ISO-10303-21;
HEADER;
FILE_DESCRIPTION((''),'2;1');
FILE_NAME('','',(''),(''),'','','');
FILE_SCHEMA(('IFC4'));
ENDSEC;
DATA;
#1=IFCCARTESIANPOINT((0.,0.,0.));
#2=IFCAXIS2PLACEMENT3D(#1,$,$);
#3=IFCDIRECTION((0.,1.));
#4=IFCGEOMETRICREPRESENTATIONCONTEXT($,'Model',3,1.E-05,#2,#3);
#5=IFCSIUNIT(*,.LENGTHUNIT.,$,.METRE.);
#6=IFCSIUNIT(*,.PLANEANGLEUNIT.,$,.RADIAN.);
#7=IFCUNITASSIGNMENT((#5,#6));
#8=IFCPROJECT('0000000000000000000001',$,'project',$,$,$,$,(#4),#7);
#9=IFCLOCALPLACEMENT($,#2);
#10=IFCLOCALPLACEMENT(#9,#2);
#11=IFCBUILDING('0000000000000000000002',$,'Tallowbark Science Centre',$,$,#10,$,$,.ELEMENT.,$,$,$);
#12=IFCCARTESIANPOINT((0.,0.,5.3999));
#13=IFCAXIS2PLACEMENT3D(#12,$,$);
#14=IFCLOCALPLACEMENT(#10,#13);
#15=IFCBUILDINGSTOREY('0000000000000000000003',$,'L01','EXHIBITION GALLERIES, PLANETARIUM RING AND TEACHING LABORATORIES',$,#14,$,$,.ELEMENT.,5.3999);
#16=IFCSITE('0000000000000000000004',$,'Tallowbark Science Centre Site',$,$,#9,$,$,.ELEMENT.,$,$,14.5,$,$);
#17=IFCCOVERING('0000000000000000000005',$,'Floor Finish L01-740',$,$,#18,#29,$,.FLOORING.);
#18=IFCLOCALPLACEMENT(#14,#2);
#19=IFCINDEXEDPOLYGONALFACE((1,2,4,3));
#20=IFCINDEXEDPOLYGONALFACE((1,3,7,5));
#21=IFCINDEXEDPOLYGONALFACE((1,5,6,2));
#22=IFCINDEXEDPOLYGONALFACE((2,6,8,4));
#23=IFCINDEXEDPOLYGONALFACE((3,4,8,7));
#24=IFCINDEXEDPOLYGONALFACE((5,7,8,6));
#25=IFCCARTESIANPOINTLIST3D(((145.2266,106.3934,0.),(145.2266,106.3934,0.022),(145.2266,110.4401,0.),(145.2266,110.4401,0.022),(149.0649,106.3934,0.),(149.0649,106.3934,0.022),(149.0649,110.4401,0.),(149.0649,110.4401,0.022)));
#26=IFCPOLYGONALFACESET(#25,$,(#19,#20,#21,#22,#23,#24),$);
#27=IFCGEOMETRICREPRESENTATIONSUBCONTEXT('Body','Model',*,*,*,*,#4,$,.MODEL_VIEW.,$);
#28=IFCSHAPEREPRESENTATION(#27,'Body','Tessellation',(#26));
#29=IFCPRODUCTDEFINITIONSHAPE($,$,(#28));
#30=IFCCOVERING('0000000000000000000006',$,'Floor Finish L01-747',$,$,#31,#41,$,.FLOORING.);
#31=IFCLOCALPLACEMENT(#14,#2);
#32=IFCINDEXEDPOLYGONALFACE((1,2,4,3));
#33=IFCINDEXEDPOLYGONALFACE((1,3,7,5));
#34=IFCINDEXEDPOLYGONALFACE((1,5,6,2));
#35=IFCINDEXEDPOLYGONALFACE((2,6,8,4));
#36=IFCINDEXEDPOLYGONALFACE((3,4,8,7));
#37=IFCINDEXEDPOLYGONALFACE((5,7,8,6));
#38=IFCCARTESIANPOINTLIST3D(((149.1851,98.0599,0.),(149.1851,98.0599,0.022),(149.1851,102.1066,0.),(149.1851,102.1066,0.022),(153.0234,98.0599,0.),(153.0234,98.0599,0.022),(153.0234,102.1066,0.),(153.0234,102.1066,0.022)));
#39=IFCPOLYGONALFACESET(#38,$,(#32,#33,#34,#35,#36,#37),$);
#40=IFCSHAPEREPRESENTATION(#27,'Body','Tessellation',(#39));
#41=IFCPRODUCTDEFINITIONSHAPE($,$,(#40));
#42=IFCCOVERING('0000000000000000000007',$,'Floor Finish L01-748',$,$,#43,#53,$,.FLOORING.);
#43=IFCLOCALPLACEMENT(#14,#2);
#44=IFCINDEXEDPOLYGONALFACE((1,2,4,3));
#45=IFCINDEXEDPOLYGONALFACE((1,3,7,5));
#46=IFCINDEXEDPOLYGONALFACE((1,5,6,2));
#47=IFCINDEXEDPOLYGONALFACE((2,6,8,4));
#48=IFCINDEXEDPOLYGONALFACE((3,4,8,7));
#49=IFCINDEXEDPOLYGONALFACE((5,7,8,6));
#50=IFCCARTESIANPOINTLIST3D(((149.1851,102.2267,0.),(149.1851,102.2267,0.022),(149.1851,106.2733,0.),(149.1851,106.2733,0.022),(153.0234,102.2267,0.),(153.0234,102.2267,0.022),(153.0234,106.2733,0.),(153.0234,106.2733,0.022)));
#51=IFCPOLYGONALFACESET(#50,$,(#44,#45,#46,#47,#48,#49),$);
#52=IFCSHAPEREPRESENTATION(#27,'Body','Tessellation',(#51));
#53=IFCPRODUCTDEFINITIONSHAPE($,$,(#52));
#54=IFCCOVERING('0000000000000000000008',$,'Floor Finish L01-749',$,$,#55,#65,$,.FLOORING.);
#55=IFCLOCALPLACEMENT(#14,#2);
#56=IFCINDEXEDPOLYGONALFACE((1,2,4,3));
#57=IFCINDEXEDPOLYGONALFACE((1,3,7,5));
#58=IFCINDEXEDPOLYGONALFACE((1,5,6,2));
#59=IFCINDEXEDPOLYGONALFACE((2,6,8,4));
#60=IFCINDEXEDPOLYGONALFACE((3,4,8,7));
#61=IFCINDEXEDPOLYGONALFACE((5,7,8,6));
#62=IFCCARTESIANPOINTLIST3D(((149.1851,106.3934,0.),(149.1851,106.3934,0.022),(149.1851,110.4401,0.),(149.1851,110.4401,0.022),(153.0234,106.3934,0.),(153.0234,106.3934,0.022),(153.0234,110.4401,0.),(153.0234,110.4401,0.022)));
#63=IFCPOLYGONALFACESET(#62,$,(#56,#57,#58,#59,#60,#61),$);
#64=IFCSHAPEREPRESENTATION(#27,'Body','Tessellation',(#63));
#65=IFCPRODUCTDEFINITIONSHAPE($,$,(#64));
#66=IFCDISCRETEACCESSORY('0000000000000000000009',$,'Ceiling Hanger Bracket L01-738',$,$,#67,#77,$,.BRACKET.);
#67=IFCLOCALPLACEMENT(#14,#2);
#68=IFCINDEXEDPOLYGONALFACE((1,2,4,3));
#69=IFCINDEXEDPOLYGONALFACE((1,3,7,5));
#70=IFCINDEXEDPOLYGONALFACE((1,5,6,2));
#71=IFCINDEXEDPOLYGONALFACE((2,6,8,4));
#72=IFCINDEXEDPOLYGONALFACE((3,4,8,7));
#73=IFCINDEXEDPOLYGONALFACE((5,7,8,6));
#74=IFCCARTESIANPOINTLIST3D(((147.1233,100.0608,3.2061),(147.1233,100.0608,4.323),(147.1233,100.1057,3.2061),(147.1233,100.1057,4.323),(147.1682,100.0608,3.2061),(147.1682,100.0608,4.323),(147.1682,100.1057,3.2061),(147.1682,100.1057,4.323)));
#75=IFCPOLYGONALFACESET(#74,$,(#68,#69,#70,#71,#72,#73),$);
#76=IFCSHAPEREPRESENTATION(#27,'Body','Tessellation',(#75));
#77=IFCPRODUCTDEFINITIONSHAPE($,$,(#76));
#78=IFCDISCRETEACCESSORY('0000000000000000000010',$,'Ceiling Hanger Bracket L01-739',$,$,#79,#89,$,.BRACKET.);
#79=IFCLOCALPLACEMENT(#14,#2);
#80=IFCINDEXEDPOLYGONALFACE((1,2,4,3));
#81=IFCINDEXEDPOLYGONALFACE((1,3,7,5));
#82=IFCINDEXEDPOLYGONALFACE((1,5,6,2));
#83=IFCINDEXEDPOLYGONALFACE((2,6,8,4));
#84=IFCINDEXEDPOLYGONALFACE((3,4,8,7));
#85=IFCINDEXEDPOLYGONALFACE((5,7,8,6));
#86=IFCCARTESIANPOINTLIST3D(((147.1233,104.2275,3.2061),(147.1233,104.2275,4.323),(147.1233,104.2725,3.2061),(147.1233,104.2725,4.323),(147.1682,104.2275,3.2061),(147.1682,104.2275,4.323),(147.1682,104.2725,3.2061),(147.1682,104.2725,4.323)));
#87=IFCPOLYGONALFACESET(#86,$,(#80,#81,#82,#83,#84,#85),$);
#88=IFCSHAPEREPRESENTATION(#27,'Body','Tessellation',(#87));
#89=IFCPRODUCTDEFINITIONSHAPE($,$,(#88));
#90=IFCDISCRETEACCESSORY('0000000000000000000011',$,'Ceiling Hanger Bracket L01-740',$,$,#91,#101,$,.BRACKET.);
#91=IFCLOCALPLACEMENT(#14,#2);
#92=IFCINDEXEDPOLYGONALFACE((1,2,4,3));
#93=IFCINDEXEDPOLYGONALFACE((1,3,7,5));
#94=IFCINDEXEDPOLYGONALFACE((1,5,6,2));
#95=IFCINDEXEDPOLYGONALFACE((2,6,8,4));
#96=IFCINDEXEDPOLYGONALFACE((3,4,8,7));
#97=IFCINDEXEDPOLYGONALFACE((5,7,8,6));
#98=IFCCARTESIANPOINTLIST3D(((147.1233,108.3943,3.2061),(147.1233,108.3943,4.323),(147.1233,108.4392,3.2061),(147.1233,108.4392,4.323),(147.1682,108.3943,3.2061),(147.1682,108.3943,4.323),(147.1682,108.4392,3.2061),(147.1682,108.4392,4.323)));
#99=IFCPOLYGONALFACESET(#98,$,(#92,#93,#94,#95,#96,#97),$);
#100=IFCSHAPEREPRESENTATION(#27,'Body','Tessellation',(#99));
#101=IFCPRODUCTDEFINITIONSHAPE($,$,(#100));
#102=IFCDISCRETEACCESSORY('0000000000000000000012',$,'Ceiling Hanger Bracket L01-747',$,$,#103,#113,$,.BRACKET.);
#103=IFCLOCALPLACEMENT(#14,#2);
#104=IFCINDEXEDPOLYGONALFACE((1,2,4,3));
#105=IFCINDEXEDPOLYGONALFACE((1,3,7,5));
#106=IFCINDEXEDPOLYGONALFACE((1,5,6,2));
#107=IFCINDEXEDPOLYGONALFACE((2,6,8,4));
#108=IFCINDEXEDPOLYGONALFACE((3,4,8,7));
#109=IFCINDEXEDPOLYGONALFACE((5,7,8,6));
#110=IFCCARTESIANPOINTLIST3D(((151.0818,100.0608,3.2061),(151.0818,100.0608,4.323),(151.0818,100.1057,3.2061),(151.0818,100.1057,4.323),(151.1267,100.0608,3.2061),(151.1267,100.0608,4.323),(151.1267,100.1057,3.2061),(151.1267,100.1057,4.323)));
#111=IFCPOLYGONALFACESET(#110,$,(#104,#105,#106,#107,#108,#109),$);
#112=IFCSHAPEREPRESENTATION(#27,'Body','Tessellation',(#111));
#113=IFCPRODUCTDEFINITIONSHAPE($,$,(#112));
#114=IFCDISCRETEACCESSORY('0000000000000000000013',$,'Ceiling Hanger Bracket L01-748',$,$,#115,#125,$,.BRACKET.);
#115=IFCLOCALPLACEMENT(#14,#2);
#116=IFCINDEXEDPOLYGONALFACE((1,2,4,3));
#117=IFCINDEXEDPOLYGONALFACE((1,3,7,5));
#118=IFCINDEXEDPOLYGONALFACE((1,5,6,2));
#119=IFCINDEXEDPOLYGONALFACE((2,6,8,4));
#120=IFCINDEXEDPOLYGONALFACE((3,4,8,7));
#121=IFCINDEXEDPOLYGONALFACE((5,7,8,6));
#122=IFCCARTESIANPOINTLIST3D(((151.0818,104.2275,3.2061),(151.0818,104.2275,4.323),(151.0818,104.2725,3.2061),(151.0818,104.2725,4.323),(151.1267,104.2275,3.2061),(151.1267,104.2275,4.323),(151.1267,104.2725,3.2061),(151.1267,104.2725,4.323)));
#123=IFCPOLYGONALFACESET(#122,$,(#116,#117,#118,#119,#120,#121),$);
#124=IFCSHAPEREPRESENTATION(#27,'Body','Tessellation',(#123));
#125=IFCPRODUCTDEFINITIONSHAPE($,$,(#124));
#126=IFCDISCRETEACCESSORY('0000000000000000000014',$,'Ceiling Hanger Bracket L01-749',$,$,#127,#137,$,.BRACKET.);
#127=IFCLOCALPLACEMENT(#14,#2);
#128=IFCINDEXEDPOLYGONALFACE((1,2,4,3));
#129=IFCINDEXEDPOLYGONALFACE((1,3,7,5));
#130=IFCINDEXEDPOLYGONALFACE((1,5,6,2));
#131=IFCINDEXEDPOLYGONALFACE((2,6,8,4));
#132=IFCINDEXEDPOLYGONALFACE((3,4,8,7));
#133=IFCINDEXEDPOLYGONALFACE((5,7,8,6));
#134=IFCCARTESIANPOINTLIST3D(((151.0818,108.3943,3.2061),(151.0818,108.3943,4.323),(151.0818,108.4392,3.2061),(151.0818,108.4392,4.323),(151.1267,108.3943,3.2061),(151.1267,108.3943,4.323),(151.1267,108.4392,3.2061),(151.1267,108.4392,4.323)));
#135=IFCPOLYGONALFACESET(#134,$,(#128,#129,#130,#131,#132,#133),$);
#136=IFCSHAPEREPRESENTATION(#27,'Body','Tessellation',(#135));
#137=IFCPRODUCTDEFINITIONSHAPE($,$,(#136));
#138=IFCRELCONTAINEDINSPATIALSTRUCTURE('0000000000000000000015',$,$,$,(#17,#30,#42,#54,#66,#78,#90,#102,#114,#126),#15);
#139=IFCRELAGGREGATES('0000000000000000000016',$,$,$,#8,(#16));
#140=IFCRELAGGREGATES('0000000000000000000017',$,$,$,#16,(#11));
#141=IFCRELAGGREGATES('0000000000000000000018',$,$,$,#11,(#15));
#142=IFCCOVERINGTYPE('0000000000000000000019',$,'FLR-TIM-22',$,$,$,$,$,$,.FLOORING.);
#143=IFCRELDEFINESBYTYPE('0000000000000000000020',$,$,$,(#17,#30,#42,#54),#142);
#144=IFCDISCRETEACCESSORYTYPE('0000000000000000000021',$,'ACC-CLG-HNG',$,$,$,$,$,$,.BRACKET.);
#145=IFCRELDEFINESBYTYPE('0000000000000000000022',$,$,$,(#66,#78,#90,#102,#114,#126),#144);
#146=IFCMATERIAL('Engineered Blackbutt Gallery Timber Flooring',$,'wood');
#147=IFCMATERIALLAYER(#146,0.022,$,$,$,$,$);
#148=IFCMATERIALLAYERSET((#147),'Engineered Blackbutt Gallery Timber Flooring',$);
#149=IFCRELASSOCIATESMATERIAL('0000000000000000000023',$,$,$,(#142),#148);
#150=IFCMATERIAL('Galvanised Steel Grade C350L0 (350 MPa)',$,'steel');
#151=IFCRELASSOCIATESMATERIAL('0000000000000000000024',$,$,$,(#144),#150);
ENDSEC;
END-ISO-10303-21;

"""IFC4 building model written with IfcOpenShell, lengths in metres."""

from ifc_helpers import new_model, si_unit, direction, frame, origin, origin_2d, place, context, subcontext, project, spatial, rectangle, extrude, material, layer, layer_set, type_object, element, save


model = new_model("IFC4")

# Units and contexts
model_context = context("Model", 3, precision=1e-05, world=origin(), true_north=direction((0.0, 1.0)))
body_context = subcontext(model_context, "Body", "Model", "MODEL_VIEW")
ifc_project = project(units=[si_unit("LENGTHUNIT", "METRE"), si_unit("PLANEANGLEUNIT", "RADIAN")], contexts=[model_context])

# Site, building, storey
site_placement = place(None, origin())
site = spatial("IfcSite", under=ifc_project, at=site_placement, Name="Tallowbark Science Centre Site", CompositionType="ELEMENT", RefElevation=14.5)
building_placement = place(site_placement, origin())
building = spatial("IfcBuilding", under=site, at=building_placement, Name="Tallowbark Science Centre", CompositionType="ELEMENT")
storey_placement = place(building_placement, frame((0.0, 0.0, 5.3999)))
storey = spatial("IfcBuildingStorey", under=building, at=storey_placement, Name="L01", Description="EXHIBITION GALLERIES, PLANETARIUM RING AND TEACHING LABORATORIES", CompositionType="ELEMENT", Elevation=5.3999)

# Coverings
ifc_material_1 = material(Name="Engineered Blackbutt Gallery Timber Flooring", Category="wood")
ifc_layer_1 = layer(ifc_material_1, 0.022)
ifc_layer_set_1 = layer_set([ifc_layer_1], Name="Engineered Blackbutt Gallery Timber Flooring")
covering_type_1 = type_object("IfcCoveringType", Name="FLR-TIM-22", PredefinedType="FLOORING", material=ifc_layer_set_1)
for number, where, z_axis, x_axis, name in (
    (1, (147.1458, 108.4167, 0.0), (0.0, 0.0, 1.0), (1.0, 0.0, 0.0), "Floor Finish L01-740"),
    (2, (151.1042, 100.0833, 0.0), (0.0, 0.0, 1.0), (1.0, 0.0, 0.0), "Floor Finish L01-747"),
    (3, (151.1042, 104.25, 0.0), (0.0, 0.0, 1.0), (1.0, 0.0, 0.0), "Floor Finish L01-748"),
    (4, (151.1042, 108.4167, 0.0), (0.0, 0.0, 1.0), (1.0, 0.0, 0.0), "Floor Finish L01-749"),
):
    element("IfcCovering", number, at=place(storey_placement, frame(where, z_axis=z_axis, x_axis=x_axis)), inside=storey, type_object=covering_type_1, Name=name, PredefinedType="FLOORING", context=body_context, shape_type="SweptSolid", body=[
        extrude(rectangle(XDim=3.8384, YDim=4.0466, at=origin_2d()), origin(), (0.0, 0.0, 1.0), 0.022),
    ])

# Discrete accessories
ifc_material_2 = material(Name="Galvanised Steel Grade C350L0 (350 MPa)", Category="steel")
discrete_accessory_type = type_object("IfcDiscreteAccessoryType", Name="ACC-CLG-HNG", PredefinedType="BRACKET", material=ifc_material_2)
for number, where, z_axis, x_axis, name in (
    (5, (147.1458, 100.0833, 3.2061), (0.0, 0.0, 1.0), (1.0, 0.0, 0.0), "Ceiling Hanger Bracket L01-738"),
    (6, (147.1458, 104.25, 3.2061), (0.0, 0.0, 1.0), (1.0, 0.0, 0.0), "Ceiling Hanger Bracket L01-739"),
    (7, (147.1458, 108.4167, 3.2061), (0.0, 0.0, 1.0), (1.0, 0.0, 0.0), "Ceiling Hanger Bracket L01-740"),
    (8, (151.1042, 100.0833, 3.2061), (0.0, 0.0, 1.0), (1.0, 0.0, 0.0), "Ceiling Hanger Bracket L01-747"),
    (9, (151.1042, 104.25, 3.2061), (0.0, 0.0, 1.0), (1.0, 0.0, 0.0), "Ceiling Hanger Bracket L01-748"),
    (10, (151.1042, 108.4167, 3.2061), (0.0, 0.0, 1.0), (1.0, 0.0, 0.0), "Ceiling Hanger Bracket L01-749"),
):
    element("IfcDiscreteAccessory", number, at=place(storey_placement, frame(where, z_axis=z_axis, x_axis=x_axis)), inside=storey, type_object=discrete_accessory_type, Name=name, PredefinedType="BRACKET", context=body_context, shape_type="SweptSolid", body=[
        extrude(rectangle(XDim=0.0449, YDim=0.0449, at=origin_2d()), origin(), (0.0, 0.0, 1.0), 1.1169),
    ])

save(model, "model.ifc")
